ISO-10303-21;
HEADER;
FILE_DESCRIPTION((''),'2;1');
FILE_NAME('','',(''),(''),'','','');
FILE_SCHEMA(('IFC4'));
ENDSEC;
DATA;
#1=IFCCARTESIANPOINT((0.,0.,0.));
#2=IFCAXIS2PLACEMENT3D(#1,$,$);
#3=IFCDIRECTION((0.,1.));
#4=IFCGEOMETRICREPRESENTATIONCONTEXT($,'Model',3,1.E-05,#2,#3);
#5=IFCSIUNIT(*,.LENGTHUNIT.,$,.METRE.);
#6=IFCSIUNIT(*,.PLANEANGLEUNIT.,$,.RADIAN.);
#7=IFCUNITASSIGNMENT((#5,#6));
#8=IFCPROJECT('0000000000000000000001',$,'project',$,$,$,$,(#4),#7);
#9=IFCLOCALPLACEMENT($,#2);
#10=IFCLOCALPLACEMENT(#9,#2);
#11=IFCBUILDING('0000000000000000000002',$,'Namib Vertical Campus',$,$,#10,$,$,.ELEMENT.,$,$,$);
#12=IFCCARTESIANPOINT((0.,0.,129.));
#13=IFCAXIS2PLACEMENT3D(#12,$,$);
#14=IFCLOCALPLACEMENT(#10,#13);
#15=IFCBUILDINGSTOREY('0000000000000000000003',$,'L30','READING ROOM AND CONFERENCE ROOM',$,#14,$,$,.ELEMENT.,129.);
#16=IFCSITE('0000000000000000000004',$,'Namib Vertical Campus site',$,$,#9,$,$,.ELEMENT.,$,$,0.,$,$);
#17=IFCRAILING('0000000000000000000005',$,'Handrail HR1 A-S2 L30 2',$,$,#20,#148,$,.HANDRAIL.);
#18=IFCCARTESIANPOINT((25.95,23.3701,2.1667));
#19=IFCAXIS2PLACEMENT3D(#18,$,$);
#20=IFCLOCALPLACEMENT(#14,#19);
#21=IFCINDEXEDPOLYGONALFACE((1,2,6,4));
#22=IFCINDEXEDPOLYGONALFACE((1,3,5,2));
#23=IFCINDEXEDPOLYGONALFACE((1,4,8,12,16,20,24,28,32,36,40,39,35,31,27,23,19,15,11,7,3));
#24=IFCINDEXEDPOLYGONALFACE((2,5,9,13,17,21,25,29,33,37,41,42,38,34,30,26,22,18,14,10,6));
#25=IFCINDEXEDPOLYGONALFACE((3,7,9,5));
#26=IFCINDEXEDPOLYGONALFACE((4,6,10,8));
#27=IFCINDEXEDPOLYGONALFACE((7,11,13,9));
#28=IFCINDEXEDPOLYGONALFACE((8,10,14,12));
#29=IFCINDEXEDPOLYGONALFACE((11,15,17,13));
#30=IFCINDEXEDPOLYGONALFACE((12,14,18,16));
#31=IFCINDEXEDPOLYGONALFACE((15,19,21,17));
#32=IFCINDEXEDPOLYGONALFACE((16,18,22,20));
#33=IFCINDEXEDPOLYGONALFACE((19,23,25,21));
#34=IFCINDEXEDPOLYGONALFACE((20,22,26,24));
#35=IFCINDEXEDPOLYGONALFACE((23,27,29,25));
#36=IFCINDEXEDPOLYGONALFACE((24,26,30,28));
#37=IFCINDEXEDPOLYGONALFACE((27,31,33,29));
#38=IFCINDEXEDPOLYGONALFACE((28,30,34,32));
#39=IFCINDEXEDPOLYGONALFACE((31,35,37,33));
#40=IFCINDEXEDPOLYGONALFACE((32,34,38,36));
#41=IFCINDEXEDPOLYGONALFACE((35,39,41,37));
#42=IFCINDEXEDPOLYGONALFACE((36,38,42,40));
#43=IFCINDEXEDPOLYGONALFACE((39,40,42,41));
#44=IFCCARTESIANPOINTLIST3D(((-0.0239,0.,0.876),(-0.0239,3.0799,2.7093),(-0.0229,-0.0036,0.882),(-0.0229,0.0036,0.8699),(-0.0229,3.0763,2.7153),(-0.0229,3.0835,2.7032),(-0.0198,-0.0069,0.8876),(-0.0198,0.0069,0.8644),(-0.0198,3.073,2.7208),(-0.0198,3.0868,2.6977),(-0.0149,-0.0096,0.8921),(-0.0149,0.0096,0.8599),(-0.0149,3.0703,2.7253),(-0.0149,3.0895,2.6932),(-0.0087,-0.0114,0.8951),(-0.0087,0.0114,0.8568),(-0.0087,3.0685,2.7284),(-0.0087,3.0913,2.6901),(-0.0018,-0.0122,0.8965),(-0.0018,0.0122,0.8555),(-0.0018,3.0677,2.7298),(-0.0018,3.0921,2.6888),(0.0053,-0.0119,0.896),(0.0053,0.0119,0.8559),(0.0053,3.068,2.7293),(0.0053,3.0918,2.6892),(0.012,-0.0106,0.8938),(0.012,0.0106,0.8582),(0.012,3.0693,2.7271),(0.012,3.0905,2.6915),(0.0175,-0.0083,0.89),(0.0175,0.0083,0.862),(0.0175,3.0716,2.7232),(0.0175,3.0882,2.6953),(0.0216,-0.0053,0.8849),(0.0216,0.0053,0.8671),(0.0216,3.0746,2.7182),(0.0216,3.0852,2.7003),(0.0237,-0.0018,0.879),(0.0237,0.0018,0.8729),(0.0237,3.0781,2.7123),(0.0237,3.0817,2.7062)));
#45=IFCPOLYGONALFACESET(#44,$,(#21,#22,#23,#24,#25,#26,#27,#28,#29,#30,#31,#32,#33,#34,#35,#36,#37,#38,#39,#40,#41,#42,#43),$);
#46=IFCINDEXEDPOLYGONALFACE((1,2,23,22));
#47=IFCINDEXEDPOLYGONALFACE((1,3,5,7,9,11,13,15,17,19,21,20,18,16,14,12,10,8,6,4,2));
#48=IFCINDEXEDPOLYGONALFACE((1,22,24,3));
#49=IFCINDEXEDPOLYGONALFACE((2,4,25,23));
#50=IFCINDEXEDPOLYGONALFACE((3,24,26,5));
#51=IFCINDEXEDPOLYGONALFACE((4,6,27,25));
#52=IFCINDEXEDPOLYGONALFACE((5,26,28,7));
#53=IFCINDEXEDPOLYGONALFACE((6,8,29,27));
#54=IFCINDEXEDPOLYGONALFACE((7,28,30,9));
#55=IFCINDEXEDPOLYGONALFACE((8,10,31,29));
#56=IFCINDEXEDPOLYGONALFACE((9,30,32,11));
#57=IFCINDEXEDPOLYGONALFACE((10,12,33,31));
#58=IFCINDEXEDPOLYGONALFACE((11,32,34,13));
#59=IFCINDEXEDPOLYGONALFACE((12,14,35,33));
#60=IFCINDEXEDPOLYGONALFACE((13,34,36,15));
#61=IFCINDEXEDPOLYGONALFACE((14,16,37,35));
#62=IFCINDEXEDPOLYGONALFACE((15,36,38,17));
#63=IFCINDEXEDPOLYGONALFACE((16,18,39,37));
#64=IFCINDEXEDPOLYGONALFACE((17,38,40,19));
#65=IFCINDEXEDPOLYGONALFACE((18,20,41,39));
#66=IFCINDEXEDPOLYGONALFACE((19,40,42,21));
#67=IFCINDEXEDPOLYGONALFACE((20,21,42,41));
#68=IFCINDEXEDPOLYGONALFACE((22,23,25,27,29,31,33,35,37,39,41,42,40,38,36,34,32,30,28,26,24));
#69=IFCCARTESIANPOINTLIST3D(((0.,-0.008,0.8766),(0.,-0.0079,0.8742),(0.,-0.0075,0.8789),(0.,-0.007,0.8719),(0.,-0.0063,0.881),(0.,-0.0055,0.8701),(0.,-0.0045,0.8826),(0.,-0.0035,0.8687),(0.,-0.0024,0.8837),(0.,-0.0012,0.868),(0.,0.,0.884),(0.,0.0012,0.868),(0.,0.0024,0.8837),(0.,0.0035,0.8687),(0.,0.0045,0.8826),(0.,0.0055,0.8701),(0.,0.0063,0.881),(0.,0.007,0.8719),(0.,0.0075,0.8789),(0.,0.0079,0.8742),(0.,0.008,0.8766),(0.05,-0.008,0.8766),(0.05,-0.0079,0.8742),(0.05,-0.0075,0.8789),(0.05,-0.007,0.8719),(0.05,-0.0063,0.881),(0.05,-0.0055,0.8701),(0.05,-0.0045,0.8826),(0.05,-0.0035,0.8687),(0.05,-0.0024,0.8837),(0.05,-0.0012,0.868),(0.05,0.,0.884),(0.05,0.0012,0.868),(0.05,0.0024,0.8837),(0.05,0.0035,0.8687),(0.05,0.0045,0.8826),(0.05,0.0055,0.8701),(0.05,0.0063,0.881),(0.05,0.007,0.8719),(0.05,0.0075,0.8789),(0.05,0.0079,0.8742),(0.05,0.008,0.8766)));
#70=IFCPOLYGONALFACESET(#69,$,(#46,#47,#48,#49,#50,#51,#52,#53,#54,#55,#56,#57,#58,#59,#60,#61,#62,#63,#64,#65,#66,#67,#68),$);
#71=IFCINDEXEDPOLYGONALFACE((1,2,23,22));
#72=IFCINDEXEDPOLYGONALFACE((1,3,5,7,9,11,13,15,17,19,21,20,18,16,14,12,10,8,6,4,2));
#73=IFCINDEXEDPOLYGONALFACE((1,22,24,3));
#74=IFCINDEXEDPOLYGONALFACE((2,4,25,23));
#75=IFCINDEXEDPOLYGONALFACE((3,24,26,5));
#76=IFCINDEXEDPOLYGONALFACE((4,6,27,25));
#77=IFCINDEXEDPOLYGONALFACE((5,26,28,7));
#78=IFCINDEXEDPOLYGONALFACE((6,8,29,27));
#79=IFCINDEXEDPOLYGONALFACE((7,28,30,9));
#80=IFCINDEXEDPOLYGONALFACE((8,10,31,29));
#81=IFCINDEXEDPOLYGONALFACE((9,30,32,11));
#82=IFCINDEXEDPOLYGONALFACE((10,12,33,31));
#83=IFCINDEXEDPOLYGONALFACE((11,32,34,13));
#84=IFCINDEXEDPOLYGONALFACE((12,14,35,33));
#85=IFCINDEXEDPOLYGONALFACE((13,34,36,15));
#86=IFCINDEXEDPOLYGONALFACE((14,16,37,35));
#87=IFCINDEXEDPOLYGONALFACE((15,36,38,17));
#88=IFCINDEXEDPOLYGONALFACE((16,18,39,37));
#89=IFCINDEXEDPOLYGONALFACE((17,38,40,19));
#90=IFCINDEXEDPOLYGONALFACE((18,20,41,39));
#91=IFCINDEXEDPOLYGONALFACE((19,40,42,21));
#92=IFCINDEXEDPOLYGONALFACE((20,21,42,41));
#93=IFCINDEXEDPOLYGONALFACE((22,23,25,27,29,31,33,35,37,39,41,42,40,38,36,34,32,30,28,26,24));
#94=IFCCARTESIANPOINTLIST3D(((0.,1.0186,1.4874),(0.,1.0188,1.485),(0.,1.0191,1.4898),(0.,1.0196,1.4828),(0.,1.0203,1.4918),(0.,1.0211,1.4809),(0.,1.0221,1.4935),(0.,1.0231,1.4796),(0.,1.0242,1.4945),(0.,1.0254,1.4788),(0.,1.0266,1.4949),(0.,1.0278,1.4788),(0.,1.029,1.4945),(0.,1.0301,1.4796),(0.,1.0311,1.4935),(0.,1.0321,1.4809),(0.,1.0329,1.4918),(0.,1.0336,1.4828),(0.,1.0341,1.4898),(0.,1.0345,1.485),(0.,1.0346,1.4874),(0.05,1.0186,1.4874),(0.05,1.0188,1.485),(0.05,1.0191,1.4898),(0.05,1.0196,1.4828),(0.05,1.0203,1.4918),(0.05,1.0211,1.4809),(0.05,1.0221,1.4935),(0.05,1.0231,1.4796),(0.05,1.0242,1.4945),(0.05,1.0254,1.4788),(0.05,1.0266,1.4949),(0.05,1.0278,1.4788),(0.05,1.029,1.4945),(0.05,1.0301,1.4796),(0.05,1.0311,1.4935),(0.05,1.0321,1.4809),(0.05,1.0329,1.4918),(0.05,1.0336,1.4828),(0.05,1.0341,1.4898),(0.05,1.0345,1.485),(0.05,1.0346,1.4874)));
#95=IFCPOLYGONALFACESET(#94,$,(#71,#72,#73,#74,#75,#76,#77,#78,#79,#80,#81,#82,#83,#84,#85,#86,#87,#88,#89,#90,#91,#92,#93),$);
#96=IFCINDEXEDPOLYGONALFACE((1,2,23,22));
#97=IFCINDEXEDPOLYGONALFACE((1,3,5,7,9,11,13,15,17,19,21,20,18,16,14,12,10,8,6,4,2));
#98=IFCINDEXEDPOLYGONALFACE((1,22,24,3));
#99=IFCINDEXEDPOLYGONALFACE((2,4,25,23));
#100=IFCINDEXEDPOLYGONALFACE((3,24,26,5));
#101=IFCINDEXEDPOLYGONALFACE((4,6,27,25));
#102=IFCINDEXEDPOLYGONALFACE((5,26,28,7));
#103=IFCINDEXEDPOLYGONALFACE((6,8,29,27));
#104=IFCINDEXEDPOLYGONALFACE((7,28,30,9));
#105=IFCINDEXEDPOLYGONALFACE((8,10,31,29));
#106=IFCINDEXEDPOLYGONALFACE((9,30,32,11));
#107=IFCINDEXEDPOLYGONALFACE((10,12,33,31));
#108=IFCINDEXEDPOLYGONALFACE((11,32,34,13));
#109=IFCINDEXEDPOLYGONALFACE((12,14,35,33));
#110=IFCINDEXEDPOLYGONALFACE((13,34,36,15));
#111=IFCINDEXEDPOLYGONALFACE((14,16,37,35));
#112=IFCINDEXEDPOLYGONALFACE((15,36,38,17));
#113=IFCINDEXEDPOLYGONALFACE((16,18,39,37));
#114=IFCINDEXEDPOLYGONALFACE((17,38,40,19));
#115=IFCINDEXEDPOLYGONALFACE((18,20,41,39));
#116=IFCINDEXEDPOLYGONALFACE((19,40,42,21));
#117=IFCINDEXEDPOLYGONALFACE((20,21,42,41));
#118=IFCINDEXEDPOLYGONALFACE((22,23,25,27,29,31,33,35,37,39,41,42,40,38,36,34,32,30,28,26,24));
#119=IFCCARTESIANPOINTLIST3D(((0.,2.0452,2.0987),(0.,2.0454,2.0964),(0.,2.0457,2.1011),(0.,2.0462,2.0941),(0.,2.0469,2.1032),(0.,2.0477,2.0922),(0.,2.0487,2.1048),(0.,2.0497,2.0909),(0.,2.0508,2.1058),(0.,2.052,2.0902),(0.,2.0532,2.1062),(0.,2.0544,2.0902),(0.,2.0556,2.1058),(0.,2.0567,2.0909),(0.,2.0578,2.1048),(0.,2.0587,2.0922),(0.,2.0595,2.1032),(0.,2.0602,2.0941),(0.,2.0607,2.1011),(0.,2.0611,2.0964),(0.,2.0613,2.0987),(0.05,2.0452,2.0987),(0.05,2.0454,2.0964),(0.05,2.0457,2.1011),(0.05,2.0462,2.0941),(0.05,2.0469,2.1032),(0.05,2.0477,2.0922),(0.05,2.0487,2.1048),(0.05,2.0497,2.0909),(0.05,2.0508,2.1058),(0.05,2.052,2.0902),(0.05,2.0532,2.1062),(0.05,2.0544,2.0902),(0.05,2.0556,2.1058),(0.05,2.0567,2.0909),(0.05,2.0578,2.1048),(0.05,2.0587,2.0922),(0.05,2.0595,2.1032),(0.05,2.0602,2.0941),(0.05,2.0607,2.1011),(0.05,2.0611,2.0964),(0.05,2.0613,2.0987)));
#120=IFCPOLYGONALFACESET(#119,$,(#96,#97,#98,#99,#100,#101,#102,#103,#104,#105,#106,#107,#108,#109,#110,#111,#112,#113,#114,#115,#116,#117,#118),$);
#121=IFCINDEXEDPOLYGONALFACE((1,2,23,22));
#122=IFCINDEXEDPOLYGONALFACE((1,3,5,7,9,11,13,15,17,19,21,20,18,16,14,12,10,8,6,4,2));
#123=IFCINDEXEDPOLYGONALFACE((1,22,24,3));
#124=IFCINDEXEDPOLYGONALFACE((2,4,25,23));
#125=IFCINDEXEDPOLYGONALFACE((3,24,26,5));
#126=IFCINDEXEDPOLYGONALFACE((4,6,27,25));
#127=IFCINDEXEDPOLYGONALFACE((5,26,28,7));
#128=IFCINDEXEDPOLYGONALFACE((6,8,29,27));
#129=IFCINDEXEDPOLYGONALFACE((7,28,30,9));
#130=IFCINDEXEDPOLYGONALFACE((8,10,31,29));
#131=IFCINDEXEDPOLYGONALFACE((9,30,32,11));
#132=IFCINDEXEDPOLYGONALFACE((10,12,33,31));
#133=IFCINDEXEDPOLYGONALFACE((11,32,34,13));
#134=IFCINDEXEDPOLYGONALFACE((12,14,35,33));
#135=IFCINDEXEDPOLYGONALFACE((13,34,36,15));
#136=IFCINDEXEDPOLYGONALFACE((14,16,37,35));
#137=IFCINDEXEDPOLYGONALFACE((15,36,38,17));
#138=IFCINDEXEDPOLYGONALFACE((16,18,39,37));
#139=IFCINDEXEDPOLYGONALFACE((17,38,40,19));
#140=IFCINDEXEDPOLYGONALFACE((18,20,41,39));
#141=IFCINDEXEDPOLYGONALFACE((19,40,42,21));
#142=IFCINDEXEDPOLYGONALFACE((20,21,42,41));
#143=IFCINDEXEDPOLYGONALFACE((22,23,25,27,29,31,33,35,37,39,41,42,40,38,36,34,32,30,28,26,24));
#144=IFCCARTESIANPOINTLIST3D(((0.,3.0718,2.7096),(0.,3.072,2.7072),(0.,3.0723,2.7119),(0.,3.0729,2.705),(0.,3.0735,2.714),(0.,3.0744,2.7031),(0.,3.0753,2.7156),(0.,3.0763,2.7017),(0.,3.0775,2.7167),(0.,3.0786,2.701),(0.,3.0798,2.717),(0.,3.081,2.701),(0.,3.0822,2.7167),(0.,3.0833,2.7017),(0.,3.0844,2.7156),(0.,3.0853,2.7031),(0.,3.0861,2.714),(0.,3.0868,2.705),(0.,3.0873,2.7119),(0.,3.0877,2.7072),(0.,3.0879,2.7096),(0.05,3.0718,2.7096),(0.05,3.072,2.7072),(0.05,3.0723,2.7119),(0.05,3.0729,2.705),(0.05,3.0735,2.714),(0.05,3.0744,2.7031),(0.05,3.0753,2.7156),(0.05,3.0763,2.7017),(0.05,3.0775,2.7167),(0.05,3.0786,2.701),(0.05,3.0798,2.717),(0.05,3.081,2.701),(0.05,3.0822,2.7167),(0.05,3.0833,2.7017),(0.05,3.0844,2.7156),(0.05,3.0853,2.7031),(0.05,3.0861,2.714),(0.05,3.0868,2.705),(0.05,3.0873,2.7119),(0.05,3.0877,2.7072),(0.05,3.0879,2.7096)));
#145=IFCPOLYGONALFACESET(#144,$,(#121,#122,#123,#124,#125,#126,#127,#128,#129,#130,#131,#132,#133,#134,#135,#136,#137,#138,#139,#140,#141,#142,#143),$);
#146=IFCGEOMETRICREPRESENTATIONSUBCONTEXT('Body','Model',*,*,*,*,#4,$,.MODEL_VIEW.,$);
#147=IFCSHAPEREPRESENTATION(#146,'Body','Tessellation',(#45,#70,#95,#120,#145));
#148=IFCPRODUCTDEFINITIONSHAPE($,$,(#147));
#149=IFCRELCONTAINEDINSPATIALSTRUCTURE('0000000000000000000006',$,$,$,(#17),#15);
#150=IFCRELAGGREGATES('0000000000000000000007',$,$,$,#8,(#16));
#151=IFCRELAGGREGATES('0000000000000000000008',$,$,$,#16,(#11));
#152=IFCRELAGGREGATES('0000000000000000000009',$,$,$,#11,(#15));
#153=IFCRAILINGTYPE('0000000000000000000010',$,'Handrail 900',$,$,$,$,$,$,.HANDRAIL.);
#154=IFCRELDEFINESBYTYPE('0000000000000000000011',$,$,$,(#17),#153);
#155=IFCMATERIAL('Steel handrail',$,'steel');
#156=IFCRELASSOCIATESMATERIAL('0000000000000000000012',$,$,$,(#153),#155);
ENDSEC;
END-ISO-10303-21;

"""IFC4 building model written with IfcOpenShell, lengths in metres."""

from ifc_helpers import new_model, si_unit, direction, frame, origin, origin_2d, place, context, subcontext, project, spatial, circle, extrude, material, type_object, element, save


model = new_model("IFC4")

# Units and contexts
model_context = context("Model", 3, precision=1e-05, world=origin(), true_north=direction((0.0, 1.0)))
body_context = subcontext(model_context, "Body", "Model", "MODEL_VIEW")
ifc_project = project(units=[si_unit("LENGTHUNIT", "METRE"), si_unit("PLANEANGLEUNIT", "RADIAN")], contexts=[model_context])

# Site, building, storey
site_placement = place(None, origin())
site = spatial("IfcSite", under=ifc_project, at=site_placement, Name="Namib Vertical Campus site", CompositionType="ELEMENT", RefElevation=0.0)
building_placement = place(site_placement, origin())
building = spatial("IfcBuilding", under=site, at=building_placement, Name="Namib Vertical Campus", CompositionType="ELEMENT")
storey_placement = place(building_placement, frame((0.0, 0.0, 129.0)))
storey = spatial("IfcBuildingStorey", under=building, at=storey_placement, Name="L30", Description="READING ROOM AND CONFERENCE ROOM", CompositionType="ELEMENT", Elevation=129.0)

# Railing
ifc_material_1 = material(Name="Steel handrail", Category="steel")
railing_type_1 = type_object("IfcRailingType", Name="Handrail 900", PredefinedType="HANDRAIL", material=ifc_material_1)
railing_1_placement = place(storey_placement, frame((25.95, 23.3701, 2.1667)))
element("IfcRailing", 1, at=railing_1_placement, inside=storey, type_object=railing_type_1, Name="Handrail HR1 A-S2 L30 2", PredefinedType="HANDRAIL", context=body_context, shape_type="SweptSolid", body=[
    extrude(circle(Radius=0.0239, at=origin_2d()), frame((0.0, 0.0, 0.876), z_axis=(0.0, 0.859291, 0.511487), x_axis=(-1.0, 0.0, 0.0)), (0.0, 0.0, 1.0), 3.5842),
    extrude(circle(Radius=0.0081, at=origin_2d()), frame((0.0, 0.0, 0.876), z_axis=(1.0, 0.0, 0.0), x_axis=(0.0, 0.0, 1.0)), (0.0, 0.0, 1.0), 0.05),
    extrude(circle(Radius=0.0081, at=origin_2d()), frame((0.0, 1.0266, 1.4868), z_axis=(1.0, 0.0, 0.0), x_axis=(0.0, 0.0, 1.0)), (0.0, 0.0, 1.0), 0.05),
    extrude(circle(Radius=0.0081, at=origin_2d()), frame((0.0, 2.0532, 2.0981), z_axis=(1.0, 0.0, 0.0), x_axis=(0.0, 0.0, 1.0)), (0.0, 0.0, 1.0), 0.05),
    extrude(circle(Radius=0.0081, at=origin_2d()), frame((0.0, 3.0798, 2.709), z_axis=(1.0, 0.0, 0.0), x_axis=(0.0, 0.0, 1.0)), (0.0, 0.0, 1.0), 0.05),
])

save(model, "model.ifc")
